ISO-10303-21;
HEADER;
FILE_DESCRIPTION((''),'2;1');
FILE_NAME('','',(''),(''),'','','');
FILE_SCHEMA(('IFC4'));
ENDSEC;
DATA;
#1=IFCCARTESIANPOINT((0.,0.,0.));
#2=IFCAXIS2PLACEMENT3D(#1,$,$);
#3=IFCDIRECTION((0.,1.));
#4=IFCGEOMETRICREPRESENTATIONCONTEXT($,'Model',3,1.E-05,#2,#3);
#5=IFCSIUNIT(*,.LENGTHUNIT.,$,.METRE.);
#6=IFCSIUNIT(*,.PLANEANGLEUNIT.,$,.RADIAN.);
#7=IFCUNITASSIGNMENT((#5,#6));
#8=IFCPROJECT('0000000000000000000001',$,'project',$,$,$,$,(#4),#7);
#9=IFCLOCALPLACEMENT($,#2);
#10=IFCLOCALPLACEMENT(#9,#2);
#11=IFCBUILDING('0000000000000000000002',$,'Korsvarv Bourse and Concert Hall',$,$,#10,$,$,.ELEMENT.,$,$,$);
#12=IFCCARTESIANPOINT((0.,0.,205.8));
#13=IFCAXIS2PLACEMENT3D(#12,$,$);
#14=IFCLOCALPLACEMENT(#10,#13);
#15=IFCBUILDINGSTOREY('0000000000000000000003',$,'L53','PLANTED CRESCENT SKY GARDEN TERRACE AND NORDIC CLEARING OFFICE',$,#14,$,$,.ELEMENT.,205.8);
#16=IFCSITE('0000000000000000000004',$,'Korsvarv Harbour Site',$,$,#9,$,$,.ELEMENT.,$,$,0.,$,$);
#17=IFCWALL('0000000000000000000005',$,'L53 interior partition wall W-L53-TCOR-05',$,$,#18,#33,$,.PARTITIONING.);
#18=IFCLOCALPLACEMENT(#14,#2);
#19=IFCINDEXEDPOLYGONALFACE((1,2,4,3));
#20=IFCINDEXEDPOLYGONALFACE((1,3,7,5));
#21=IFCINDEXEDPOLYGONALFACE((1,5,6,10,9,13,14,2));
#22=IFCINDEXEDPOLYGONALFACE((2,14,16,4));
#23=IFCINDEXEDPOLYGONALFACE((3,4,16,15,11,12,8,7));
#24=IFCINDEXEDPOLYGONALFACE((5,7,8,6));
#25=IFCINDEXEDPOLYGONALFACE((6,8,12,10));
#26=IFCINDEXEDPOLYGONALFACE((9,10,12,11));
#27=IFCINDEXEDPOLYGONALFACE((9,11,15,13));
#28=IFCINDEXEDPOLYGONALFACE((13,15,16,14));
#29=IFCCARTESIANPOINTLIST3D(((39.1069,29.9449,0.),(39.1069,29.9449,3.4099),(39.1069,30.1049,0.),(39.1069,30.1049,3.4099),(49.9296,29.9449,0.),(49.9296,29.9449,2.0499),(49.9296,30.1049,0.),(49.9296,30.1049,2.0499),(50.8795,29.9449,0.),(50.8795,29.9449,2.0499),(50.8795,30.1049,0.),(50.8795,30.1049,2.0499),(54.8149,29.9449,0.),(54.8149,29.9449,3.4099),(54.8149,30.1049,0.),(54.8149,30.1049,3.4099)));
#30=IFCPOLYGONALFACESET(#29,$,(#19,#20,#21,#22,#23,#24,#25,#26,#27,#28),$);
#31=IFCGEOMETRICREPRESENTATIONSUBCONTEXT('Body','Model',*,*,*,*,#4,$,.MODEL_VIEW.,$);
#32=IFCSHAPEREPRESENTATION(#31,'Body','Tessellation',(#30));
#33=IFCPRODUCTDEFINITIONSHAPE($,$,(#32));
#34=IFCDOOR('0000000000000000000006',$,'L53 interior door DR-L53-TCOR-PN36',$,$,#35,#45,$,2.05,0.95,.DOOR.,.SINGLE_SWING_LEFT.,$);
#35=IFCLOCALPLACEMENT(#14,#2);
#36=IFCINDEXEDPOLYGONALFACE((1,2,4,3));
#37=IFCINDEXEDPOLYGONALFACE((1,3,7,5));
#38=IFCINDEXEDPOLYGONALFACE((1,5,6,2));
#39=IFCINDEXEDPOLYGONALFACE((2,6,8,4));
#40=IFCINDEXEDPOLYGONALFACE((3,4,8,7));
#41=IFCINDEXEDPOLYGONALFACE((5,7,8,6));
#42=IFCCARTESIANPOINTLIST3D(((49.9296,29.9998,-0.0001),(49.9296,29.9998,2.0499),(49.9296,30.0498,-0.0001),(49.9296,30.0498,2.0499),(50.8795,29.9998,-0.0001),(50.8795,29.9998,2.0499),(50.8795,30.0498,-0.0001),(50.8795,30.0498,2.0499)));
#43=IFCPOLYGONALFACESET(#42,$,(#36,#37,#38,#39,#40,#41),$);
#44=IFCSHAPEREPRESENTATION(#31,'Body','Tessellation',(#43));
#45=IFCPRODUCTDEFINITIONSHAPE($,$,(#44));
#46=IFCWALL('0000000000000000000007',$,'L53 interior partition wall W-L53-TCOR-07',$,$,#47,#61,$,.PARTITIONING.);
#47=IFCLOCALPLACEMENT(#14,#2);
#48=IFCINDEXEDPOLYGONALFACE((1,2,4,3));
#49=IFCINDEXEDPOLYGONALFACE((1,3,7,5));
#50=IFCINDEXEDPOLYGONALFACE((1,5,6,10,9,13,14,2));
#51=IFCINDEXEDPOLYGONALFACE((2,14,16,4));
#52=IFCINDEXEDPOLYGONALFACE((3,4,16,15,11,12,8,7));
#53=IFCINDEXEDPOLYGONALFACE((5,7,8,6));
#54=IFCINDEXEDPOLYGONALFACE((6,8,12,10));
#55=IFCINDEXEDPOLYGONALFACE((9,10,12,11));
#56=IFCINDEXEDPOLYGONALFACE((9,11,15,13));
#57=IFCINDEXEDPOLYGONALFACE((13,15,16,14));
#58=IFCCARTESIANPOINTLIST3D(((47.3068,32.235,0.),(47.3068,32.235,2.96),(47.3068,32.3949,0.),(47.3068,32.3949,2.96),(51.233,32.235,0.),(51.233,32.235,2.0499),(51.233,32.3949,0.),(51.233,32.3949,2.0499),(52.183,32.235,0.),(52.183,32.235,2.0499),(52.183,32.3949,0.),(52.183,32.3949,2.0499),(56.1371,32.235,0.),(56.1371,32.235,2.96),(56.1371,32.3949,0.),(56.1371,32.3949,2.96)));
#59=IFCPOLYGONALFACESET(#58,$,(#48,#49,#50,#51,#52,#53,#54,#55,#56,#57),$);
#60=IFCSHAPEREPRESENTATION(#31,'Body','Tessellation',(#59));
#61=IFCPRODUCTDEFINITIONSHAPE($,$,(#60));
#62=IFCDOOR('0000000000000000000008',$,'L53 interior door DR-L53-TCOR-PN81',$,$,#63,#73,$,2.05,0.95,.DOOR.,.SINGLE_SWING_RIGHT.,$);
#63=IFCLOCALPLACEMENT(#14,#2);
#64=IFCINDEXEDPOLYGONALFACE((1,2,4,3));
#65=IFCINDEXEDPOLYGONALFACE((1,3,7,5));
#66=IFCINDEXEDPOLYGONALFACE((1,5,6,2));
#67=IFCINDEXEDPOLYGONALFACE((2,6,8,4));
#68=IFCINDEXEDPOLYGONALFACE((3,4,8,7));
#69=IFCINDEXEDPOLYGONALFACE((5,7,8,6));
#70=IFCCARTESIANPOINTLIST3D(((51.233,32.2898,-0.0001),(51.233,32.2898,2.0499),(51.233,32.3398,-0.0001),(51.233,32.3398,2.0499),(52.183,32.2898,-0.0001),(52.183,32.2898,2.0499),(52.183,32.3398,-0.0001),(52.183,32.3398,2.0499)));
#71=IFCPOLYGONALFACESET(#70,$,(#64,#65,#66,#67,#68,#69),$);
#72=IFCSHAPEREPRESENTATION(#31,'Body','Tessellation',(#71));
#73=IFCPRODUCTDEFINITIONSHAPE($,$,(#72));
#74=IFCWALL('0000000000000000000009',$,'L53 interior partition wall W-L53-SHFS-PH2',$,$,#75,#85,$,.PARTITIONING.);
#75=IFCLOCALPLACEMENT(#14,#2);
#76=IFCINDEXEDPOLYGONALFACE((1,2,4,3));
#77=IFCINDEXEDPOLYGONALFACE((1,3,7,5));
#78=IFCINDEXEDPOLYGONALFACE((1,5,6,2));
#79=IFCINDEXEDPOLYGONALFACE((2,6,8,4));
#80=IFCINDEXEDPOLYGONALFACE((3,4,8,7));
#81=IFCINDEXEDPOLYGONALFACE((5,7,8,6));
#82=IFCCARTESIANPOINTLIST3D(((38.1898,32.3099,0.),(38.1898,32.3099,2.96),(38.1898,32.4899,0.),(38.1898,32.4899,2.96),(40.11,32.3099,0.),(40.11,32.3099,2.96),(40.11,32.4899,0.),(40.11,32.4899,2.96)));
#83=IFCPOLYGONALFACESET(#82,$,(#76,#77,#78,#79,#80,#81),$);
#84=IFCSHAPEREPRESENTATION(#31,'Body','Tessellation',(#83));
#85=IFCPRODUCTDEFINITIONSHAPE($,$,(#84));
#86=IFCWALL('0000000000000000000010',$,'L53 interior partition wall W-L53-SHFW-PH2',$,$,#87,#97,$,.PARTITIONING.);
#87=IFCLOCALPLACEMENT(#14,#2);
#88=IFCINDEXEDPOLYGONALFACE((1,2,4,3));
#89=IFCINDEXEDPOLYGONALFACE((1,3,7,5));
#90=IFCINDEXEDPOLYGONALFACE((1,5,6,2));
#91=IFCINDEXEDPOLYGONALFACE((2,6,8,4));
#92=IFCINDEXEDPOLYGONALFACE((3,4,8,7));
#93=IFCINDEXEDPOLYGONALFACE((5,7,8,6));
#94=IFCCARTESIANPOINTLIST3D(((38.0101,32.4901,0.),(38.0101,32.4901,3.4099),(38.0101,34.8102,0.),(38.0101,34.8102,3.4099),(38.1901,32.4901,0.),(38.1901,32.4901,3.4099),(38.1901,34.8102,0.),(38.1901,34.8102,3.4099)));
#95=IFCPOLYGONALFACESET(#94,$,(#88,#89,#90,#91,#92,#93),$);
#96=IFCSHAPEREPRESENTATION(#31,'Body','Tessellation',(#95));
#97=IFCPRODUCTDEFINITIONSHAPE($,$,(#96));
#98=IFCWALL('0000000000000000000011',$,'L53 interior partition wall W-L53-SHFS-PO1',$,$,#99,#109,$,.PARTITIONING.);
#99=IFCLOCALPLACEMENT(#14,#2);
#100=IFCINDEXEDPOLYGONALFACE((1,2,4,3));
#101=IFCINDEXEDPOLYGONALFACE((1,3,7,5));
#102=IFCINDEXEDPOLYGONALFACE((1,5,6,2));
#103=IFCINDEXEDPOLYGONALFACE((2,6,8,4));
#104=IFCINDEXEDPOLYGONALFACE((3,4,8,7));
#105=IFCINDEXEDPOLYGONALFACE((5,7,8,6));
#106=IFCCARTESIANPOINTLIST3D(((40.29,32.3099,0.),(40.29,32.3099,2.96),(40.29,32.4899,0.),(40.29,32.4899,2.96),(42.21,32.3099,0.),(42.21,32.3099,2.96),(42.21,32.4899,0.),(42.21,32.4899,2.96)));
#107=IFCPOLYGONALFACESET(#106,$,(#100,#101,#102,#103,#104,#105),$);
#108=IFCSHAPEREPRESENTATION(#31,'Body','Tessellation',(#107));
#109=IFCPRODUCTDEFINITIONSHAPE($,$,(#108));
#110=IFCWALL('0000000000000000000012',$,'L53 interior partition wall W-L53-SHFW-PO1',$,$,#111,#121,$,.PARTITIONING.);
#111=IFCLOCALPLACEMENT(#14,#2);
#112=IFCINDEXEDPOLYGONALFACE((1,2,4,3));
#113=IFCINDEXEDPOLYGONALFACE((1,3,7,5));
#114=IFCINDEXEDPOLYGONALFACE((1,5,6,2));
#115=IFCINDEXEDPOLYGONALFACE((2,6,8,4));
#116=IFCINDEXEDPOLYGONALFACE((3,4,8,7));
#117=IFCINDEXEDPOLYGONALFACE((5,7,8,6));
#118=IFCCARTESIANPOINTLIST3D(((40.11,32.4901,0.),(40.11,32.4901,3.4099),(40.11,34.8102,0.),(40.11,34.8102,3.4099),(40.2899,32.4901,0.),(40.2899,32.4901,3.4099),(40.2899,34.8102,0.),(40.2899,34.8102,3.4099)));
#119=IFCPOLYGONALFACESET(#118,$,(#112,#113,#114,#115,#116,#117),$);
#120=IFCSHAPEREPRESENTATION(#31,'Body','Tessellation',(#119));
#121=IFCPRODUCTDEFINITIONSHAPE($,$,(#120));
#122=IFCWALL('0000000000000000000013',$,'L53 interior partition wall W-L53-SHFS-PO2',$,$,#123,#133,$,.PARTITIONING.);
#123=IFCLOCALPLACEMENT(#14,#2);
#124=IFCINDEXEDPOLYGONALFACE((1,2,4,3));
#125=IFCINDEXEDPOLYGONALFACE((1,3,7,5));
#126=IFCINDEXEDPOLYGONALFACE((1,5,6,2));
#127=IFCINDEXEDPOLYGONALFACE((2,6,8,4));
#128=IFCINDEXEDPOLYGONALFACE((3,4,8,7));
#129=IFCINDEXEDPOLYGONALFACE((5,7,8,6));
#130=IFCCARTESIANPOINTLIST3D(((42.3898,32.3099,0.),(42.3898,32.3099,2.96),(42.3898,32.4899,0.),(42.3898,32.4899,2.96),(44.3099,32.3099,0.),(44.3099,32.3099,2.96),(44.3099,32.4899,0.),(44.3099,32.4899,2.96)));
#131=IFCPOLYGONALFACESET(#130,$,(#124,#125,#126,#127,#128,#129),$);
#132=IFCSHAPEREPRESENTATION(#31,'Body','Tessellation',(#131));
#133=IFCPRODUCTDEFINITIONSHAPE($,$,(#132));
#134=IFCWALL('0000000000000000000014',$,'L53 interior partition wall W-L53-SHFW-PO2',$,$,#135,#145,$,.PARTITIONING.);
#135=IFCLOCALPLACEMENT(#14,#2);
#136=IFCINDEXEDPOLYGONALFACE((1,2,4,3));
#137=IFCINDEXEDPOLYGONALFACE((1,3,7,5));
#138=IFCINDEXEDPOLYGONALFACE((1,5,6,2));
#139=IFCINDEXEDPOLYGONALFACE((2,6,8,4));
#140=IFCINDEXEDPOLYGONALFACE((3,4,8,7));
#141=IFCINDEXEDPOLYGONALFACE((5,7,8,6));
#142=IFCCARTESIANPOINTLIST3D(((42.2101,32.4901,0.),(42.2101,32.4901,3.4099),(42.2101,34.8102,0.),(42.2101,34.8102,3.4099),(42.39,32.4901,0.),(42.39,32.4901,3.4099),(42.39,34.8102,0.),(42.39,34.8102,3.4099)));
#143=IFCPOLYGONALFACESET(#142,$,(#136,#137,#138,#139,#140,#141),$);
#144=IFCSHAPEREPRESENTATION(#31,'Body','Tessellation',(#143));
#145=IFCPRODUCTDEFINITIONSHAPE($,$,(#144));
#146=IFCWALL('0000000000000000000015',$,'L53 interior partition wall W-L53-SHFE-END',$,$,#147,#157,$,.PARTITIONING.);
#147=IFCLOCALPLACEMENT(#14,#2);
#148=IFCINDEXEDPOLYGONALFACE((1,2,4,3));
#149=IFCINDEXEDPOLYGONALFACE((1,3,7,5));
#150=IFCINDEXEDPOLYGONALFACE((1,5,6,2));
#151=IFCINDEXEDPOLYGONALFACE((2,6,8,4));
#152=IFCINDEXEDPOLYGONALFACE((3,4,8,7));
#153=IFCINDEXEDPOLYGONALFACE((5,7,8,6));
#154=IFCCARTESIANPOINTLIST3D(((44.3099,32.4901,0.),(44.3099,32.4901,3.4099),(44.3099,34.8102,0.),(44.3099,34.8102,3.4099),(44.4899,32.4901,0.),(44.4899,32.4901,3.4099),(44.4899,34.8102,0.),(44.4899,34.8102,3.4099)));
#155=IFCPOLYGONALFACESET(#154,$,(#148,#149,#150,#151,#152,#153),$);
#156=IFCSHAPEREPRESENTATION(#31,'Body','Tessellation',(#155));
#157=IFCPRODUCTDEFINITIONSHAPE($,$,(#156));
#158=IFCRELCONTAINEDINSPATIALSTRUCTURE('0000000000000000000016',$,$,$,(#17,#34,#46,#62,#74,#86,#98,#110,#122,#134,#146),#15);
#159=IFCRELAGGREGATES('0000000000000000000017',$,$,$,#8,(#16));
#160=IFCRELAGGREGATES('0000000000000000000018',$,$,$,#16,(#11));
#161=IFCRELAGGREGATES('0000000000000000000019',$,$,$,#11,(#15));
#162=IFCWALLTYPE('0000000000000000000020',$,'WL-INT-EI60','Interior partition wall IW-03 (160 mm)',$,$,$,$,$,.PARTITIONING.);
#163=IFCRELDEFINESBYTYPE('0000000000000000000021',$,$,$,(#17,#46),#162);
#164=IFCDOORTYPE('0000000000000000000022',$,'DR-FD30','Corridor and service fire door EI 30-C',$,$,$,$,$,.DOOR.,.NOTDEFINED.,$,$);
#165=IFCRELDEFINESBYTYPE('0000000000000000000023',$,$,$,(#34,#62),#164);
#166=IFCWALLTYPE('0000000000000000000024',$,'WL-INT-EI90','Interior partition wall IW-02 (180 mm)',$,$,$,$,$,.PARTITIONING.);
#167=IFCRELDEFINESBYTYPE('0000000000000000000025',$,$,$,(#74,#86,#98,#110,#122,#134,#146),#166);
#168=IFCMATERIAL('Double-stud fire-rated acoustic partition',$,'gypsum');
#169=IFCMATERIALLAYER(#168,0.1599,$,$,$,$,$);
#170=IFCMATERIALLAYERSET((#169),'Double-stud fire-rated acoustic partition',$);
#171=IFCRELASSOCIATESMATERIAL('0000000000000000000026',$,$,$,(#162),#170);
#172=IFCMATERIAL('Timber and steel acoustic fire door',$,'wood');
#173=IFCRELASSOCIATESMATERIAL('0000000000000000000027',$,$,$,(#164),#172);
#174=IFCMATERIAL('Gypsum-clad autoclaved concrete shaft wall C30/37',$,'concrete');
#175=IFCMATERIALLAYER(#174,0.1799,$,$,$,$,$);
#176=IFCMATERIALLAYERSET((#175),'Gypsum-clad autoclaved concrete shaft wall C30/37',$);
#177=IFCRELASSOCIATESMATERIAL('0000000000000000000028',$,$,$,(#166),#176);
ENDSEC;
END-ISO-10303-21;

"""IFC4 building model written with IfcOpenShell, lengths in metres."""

from ifc_helpers import new_model, si_unit, direction, frame, frame_2d, origin, place, context, subcontext, project, spatial, rectangle, extrude, material, layer, layer_set, type_object, element, fill, save


model = new_model("IFC4")

# Units and contexts
model_context = context("Model", 3, precision=1e-05, world=origin(), true_north=direction((0.0, 1.0)))
body_context = subcontext(model_context, "Body", "Model", "MODEL_VIEW")
ifc_project = project(units=[si_unit("LENGTHUNIT", "METRE"), si_unit("PLANEANGLEUNIT", "RADIAN")], contexts=[model_context])

# Site, building, storey
site_placement = place(None, origin())
site = spatial("IfcSite", under=ifc_project, at=site_placement, Name="Korsvarv Harbour Site", CompositionType="ELEMENT", RefElevation=0.0)
building_placement = place(site_placement, origin())
building = spatial("IfcBuilding", under=site, at=building_placement, Name="Korsvarv Bourse and Concert Hall", CompositionType="ELEMENT")
storey_placement = place(building_placement, frame((0.0, 0.0, 205.8)))
storey = spatial("IfcBuildingStorey", under=building, at=storey_placement, Name="L53", Description="PLANTED CRESCENT SKY GARDEN TERRACE AND NORDIC CLEARING OFFICE", CompositionType="ELEMENT", Elevation=205.8)

# Walls, openings, doors
ifc_material_1 = material(Name="Double-stud fire-rated acoustic partition", Category="gypsum")
ifc_layer_1 = layer(ifc_material_1, 0.1599)
ifc_layer_set_1 = layer_set([ifc_layer_1], Name="Double-stud fire-rated acoustic partition")
wall_type_1 = type_object("IfcWallType", Name="WL-INT-EI60", Description="Interior partition wall IW-03 (160 mm)", PredefinedType="PARTITIONING", material=ifc_layer_set_1)
ifc_material_2 = material(Name="Timber and steel acoustic fire door", Category="wood")
door_type = type_object("IfcDoorType", Name="DR-FD30", Description="Corridor and service fire door EI 30-C", OperationType="NOTDEFINED", PredefinedType="DOOR", material=ifc_material_2)
wall_1_placement = place(storey_placement, frame((39.1069, 30.0249, 0.0), z_axis=(0.0, 0.0, 1.0), x_axis=(1.0, 0.0, 0.0)))
wall_1 = element("IfcWall", 1, at=wall_1_placement, inside=storey, type_object=wall_type_1, Name="L53 interior partition wall W-L53-TCOR-05", PredefinedType="PARTITIONING", context=body_context, shape_type="SweptSolid", body=[
    extrude(rectangle(XDim=15.708, YDim=0.1599, at=frame_2d((7.854, 0.0))), origin(), (0.0, 0.0, 1.0), 3.4099),
])
opening_1_placement = place(wall_1_placement, frame((10.8225, 0.0, 0.0)))
opening_1 = element("IfcOpeningElement", 2, at=opening_1_placement, cuts=wall_1, PredefinedType="OPENING", context=body_context, shape_type="SweptSolid", body=[
    extrude(rectangle(XDim=0.95, YDim=2.05, at=frame_2d((0.4751, 1.0249))), frame((0.0, 0.0898, 0.0), z_axis=(0.0, -1.0, 0.0), x_axis=(1.0, 0.0, 0.0)), (0.0, 0.0, 1.0), 0.1799),
])
door_1_placement = place(opening_1_placement, origin())
door_1 = element("IfcDoor", 3, at=door_1_placement, inside=storey, type_object=door_type, Name="L53 interior door DR-L53-TCOR-PN36", OperationType="SINGLE_SWING_LEFT", OverallHeight=2.05, OverallWidth=0.95, PredefinedType="DOOR", context=body_context, shape_type="SweptSolid", body=[
    extrude(rectangle(XDim=0.95, YDim=2.05, at=frame_2d((0.4751, 1.0249))), frame((0.0, 0.0249, 0.0), z_axis=(0.0, -1.0, 0.0), x_axis=(1.0, 0.0, 0.0)), (0.0, 0.0, 1.0), 0.05),
])
fill(opening_1, door_1)
wall_2_placement = place(storey_placement, frame((47.3069, 32.3149, 0.0), z_axis=(0.0, 0.0, 1.0), x_axis=(1.0, 0.0, 0.0)))
wall_2 = element("IfcWall", 4, at=wall_2_placement, inside=storey, type_object=wall_type_1, Name="L53 interior partition wall W-L53-TCOR-07", PredefinedType="PARTITIONING", context=body_context, shape_type="SweptSolid", body=[
    extrude(rectangle(XDim=8.8303, YDim=0.1599, at=frame_2d((4.415, 0.0))), origin(), (0.0, 0.0, 1.0), 2.96),
])
opening_2_placement = place(wall_2_placement, frame((3.926, 0.0, 0.0)))
opening_2 = element("IfcOpeningElement", 5, at=opening_2_placement, cuts=wall_2, PredefinedType="OPENING", context=body_context, shape_type="SweptSolid", body=[
    extrude(rectangle(XDim=0.95, YDim=2.05, at=frame_2d((0.4751, 1.0249))), frame((0.0, 0.0898, 0.0), z_axis=(0.0, -1.0, 0.0), x_axis=(1.0, 0.0, 0.0)), (0.0, 0.0, 1.0), 0.1799),
])
door_2_placement = place(opening_2_placement, origin())
door_2 = element("IfcDoor", 6, at=door_2_placement, inside=storey, type_object=door_type, Name="L53 interior door DR-L53-TCOR-PN81", OperationType="SINGLE_SWING_RIGHT", OverallHeight=2.05, OverallWidth=0.95, PredefinedType="DOOR", context=body_context, shape_type="SweptSolid", body=[
    extrude(rectangle(XDim=0.95, YDim=2.05, at=frame_2d((0.4751, 1.0249))), frame((0.0, 0.0249, 0.0), z_axis=(0.0, -1.0, 0.0), x_axis=(1.0, 0.0, 0.0)), (0.0, 0.0, 1.0), 0.05),
])
fill(opening_2, door_2)

# Walls
ifc_material_3 = material(Name="Gypsum-clad autoclaved concrete shaft wall C30/37", Category="concrete")
ifc_layer_2 = layer(ifc_material_3, 0.1799)
ifc_layer_set_2 = layer_set([ifc_layer_2], Name="Gypsum-clad autoclaved concrete shaft wall C30/37")
wall_type_2 = type_object("IfcWallType", Name="WL-INT-EI90", Description="Interior partition wall IW-02 (180 mm)", PredefinedType="PARTITIONING", material=ifc_layer_set_2)
wall_3_placement = place(storey_placement, frame((38.1899, 32.3999, 0.0), z_axis=(0.0, 0.0, 1.0), x_axis=(1.0, 0.0, 0.0)))
element("IfcWall", 7, at=wall_3_placement, inside=storey, type_object=wall_type_2, Name="L53 interior partition wall W-L53-SHFS-PH2", PredefinedType="PARTITIONING", context=body_context, shape_type="SweptSolid", body=[
    extrude(rectangle(XDim=1.9202, YDim=0.1799, at=frame_2d((0.96, 0.0))), origin(), (0.0, 0.0, 1.0), 2.96),
])
wall_4_placement = place(storey_placement, frame((38.1001, 32.49, 0.0), z_axis=(0.0, 0.0, 1.0), x_axis=(0.0, 1.0, 0.0)))
element("IfcWall", 8, at=wall_4_placement, inside=storey, type_object=wall_type_2, Name="L53 interior partition wall W-L53-SHFW-PH2", PredefinedType="PARTITIONING", context=body_context, shape_type="SweptSolid", body=[
    extrude(rectangle(XDim=2.3201, YDim=0.1799, at=frame_2d((1.1602, 0.0))), origin(), (0.0, 0.0, 1.0), 3.4099),
])
wall_5_placement = place(storey_placement, frame((40.29, 32.3999, 0.0), z_axis=(0.0, 0.0, 1.0), x_axis=(1.0, 0.0, 0.0)))
element("IfcWall", 9, at=wall_5_placement, inside=storey, type_object=wall_type_2, Name="L53 interior partition wall W-L53-SHFS-PO1", PredefinedType="PARTITIONING", context=body_context, shape_type="SweptSolid", body=[
    extrude(rectangle(XDim=1.9199, YDim=0.1799, at=frame_2d((0.96, 0.0))), origin(), (0.0, 0.0, 1.0), 2.96),
])
wall_6_placement = place(storey_placement, frame((40.2, 32.49, 0.0), z_axis=(0.0, 0.0, 1.0), x_axis=(0.0, 1.0, 0.0)))
element("IfcWall", 10, at=wall_6_placement, inside=storey, type_object=wall_type_2, Name="L53 interior partition wall W-L53-SHFW-PO1", PredefinedType="PARTITIONING", context=body_context, shape_type="SweptSolid", body=[
    extrude(rectangle(XDim=2.3201, YDim=0.1799, at=frame_2d((1.1602, 0.0))), origin(), (0.0, 0.0, 1.0), 3.4099),
])
wall_7_placement = place(storey_placement, frame((42.3899, 32.3999, 0.0), z_axis=(0.0, 0.0, 1.0), x_axis=(1.0, 0.0, 0.0)))
element("IfcWall", 11, at=wall_7_placement, inside=storey, type_object=wall_type_2, Name="L53 interior partition wall W-L53-SHFS-PO2", PredefinedType="PARTITIONING", context=body_context, shape_type="SweptSolid", body=[
    extrude(rectangle(XDim=1.9202, YDim=0.1799, at=frame_2d((0.96, 0.0))), origin(), (0.0, 0.0, 1.0), 2.96),
])
for number, where, z_axis, x_axis, name in (
    (12, (42.3, 32.49, 0.0), (0.0, 0.0, 1.0), (0.0, 1.0, 0.0), "L53 interior partition wall W-L53-SHFW-PO2"),
    (13, (44.3999, 32.49, 0.0), (0.0, 0.0, 1.0), (0.0, 1.0, 0.0), "L53 interior partition wall W-L53-SHFE-END"),
):
    element("IfcWall", number, at=place(storey_placement, frame(where, z_axis=z_axis, x_axis=x_axis)), inside=storey, type_object=wall_type_2, Name=name, PredefinedType="PARTITIONING", context=body_context, shape_type="SweptSolid", body=[
        extrude(rectangle(XDim=2.3201, YDim=0.1799, at=frame_2d((1.1602, 0.0))), origin(), (0.0, 0.0, 1.0), 3.4099),
    ])

save(model, "model.ifc")
